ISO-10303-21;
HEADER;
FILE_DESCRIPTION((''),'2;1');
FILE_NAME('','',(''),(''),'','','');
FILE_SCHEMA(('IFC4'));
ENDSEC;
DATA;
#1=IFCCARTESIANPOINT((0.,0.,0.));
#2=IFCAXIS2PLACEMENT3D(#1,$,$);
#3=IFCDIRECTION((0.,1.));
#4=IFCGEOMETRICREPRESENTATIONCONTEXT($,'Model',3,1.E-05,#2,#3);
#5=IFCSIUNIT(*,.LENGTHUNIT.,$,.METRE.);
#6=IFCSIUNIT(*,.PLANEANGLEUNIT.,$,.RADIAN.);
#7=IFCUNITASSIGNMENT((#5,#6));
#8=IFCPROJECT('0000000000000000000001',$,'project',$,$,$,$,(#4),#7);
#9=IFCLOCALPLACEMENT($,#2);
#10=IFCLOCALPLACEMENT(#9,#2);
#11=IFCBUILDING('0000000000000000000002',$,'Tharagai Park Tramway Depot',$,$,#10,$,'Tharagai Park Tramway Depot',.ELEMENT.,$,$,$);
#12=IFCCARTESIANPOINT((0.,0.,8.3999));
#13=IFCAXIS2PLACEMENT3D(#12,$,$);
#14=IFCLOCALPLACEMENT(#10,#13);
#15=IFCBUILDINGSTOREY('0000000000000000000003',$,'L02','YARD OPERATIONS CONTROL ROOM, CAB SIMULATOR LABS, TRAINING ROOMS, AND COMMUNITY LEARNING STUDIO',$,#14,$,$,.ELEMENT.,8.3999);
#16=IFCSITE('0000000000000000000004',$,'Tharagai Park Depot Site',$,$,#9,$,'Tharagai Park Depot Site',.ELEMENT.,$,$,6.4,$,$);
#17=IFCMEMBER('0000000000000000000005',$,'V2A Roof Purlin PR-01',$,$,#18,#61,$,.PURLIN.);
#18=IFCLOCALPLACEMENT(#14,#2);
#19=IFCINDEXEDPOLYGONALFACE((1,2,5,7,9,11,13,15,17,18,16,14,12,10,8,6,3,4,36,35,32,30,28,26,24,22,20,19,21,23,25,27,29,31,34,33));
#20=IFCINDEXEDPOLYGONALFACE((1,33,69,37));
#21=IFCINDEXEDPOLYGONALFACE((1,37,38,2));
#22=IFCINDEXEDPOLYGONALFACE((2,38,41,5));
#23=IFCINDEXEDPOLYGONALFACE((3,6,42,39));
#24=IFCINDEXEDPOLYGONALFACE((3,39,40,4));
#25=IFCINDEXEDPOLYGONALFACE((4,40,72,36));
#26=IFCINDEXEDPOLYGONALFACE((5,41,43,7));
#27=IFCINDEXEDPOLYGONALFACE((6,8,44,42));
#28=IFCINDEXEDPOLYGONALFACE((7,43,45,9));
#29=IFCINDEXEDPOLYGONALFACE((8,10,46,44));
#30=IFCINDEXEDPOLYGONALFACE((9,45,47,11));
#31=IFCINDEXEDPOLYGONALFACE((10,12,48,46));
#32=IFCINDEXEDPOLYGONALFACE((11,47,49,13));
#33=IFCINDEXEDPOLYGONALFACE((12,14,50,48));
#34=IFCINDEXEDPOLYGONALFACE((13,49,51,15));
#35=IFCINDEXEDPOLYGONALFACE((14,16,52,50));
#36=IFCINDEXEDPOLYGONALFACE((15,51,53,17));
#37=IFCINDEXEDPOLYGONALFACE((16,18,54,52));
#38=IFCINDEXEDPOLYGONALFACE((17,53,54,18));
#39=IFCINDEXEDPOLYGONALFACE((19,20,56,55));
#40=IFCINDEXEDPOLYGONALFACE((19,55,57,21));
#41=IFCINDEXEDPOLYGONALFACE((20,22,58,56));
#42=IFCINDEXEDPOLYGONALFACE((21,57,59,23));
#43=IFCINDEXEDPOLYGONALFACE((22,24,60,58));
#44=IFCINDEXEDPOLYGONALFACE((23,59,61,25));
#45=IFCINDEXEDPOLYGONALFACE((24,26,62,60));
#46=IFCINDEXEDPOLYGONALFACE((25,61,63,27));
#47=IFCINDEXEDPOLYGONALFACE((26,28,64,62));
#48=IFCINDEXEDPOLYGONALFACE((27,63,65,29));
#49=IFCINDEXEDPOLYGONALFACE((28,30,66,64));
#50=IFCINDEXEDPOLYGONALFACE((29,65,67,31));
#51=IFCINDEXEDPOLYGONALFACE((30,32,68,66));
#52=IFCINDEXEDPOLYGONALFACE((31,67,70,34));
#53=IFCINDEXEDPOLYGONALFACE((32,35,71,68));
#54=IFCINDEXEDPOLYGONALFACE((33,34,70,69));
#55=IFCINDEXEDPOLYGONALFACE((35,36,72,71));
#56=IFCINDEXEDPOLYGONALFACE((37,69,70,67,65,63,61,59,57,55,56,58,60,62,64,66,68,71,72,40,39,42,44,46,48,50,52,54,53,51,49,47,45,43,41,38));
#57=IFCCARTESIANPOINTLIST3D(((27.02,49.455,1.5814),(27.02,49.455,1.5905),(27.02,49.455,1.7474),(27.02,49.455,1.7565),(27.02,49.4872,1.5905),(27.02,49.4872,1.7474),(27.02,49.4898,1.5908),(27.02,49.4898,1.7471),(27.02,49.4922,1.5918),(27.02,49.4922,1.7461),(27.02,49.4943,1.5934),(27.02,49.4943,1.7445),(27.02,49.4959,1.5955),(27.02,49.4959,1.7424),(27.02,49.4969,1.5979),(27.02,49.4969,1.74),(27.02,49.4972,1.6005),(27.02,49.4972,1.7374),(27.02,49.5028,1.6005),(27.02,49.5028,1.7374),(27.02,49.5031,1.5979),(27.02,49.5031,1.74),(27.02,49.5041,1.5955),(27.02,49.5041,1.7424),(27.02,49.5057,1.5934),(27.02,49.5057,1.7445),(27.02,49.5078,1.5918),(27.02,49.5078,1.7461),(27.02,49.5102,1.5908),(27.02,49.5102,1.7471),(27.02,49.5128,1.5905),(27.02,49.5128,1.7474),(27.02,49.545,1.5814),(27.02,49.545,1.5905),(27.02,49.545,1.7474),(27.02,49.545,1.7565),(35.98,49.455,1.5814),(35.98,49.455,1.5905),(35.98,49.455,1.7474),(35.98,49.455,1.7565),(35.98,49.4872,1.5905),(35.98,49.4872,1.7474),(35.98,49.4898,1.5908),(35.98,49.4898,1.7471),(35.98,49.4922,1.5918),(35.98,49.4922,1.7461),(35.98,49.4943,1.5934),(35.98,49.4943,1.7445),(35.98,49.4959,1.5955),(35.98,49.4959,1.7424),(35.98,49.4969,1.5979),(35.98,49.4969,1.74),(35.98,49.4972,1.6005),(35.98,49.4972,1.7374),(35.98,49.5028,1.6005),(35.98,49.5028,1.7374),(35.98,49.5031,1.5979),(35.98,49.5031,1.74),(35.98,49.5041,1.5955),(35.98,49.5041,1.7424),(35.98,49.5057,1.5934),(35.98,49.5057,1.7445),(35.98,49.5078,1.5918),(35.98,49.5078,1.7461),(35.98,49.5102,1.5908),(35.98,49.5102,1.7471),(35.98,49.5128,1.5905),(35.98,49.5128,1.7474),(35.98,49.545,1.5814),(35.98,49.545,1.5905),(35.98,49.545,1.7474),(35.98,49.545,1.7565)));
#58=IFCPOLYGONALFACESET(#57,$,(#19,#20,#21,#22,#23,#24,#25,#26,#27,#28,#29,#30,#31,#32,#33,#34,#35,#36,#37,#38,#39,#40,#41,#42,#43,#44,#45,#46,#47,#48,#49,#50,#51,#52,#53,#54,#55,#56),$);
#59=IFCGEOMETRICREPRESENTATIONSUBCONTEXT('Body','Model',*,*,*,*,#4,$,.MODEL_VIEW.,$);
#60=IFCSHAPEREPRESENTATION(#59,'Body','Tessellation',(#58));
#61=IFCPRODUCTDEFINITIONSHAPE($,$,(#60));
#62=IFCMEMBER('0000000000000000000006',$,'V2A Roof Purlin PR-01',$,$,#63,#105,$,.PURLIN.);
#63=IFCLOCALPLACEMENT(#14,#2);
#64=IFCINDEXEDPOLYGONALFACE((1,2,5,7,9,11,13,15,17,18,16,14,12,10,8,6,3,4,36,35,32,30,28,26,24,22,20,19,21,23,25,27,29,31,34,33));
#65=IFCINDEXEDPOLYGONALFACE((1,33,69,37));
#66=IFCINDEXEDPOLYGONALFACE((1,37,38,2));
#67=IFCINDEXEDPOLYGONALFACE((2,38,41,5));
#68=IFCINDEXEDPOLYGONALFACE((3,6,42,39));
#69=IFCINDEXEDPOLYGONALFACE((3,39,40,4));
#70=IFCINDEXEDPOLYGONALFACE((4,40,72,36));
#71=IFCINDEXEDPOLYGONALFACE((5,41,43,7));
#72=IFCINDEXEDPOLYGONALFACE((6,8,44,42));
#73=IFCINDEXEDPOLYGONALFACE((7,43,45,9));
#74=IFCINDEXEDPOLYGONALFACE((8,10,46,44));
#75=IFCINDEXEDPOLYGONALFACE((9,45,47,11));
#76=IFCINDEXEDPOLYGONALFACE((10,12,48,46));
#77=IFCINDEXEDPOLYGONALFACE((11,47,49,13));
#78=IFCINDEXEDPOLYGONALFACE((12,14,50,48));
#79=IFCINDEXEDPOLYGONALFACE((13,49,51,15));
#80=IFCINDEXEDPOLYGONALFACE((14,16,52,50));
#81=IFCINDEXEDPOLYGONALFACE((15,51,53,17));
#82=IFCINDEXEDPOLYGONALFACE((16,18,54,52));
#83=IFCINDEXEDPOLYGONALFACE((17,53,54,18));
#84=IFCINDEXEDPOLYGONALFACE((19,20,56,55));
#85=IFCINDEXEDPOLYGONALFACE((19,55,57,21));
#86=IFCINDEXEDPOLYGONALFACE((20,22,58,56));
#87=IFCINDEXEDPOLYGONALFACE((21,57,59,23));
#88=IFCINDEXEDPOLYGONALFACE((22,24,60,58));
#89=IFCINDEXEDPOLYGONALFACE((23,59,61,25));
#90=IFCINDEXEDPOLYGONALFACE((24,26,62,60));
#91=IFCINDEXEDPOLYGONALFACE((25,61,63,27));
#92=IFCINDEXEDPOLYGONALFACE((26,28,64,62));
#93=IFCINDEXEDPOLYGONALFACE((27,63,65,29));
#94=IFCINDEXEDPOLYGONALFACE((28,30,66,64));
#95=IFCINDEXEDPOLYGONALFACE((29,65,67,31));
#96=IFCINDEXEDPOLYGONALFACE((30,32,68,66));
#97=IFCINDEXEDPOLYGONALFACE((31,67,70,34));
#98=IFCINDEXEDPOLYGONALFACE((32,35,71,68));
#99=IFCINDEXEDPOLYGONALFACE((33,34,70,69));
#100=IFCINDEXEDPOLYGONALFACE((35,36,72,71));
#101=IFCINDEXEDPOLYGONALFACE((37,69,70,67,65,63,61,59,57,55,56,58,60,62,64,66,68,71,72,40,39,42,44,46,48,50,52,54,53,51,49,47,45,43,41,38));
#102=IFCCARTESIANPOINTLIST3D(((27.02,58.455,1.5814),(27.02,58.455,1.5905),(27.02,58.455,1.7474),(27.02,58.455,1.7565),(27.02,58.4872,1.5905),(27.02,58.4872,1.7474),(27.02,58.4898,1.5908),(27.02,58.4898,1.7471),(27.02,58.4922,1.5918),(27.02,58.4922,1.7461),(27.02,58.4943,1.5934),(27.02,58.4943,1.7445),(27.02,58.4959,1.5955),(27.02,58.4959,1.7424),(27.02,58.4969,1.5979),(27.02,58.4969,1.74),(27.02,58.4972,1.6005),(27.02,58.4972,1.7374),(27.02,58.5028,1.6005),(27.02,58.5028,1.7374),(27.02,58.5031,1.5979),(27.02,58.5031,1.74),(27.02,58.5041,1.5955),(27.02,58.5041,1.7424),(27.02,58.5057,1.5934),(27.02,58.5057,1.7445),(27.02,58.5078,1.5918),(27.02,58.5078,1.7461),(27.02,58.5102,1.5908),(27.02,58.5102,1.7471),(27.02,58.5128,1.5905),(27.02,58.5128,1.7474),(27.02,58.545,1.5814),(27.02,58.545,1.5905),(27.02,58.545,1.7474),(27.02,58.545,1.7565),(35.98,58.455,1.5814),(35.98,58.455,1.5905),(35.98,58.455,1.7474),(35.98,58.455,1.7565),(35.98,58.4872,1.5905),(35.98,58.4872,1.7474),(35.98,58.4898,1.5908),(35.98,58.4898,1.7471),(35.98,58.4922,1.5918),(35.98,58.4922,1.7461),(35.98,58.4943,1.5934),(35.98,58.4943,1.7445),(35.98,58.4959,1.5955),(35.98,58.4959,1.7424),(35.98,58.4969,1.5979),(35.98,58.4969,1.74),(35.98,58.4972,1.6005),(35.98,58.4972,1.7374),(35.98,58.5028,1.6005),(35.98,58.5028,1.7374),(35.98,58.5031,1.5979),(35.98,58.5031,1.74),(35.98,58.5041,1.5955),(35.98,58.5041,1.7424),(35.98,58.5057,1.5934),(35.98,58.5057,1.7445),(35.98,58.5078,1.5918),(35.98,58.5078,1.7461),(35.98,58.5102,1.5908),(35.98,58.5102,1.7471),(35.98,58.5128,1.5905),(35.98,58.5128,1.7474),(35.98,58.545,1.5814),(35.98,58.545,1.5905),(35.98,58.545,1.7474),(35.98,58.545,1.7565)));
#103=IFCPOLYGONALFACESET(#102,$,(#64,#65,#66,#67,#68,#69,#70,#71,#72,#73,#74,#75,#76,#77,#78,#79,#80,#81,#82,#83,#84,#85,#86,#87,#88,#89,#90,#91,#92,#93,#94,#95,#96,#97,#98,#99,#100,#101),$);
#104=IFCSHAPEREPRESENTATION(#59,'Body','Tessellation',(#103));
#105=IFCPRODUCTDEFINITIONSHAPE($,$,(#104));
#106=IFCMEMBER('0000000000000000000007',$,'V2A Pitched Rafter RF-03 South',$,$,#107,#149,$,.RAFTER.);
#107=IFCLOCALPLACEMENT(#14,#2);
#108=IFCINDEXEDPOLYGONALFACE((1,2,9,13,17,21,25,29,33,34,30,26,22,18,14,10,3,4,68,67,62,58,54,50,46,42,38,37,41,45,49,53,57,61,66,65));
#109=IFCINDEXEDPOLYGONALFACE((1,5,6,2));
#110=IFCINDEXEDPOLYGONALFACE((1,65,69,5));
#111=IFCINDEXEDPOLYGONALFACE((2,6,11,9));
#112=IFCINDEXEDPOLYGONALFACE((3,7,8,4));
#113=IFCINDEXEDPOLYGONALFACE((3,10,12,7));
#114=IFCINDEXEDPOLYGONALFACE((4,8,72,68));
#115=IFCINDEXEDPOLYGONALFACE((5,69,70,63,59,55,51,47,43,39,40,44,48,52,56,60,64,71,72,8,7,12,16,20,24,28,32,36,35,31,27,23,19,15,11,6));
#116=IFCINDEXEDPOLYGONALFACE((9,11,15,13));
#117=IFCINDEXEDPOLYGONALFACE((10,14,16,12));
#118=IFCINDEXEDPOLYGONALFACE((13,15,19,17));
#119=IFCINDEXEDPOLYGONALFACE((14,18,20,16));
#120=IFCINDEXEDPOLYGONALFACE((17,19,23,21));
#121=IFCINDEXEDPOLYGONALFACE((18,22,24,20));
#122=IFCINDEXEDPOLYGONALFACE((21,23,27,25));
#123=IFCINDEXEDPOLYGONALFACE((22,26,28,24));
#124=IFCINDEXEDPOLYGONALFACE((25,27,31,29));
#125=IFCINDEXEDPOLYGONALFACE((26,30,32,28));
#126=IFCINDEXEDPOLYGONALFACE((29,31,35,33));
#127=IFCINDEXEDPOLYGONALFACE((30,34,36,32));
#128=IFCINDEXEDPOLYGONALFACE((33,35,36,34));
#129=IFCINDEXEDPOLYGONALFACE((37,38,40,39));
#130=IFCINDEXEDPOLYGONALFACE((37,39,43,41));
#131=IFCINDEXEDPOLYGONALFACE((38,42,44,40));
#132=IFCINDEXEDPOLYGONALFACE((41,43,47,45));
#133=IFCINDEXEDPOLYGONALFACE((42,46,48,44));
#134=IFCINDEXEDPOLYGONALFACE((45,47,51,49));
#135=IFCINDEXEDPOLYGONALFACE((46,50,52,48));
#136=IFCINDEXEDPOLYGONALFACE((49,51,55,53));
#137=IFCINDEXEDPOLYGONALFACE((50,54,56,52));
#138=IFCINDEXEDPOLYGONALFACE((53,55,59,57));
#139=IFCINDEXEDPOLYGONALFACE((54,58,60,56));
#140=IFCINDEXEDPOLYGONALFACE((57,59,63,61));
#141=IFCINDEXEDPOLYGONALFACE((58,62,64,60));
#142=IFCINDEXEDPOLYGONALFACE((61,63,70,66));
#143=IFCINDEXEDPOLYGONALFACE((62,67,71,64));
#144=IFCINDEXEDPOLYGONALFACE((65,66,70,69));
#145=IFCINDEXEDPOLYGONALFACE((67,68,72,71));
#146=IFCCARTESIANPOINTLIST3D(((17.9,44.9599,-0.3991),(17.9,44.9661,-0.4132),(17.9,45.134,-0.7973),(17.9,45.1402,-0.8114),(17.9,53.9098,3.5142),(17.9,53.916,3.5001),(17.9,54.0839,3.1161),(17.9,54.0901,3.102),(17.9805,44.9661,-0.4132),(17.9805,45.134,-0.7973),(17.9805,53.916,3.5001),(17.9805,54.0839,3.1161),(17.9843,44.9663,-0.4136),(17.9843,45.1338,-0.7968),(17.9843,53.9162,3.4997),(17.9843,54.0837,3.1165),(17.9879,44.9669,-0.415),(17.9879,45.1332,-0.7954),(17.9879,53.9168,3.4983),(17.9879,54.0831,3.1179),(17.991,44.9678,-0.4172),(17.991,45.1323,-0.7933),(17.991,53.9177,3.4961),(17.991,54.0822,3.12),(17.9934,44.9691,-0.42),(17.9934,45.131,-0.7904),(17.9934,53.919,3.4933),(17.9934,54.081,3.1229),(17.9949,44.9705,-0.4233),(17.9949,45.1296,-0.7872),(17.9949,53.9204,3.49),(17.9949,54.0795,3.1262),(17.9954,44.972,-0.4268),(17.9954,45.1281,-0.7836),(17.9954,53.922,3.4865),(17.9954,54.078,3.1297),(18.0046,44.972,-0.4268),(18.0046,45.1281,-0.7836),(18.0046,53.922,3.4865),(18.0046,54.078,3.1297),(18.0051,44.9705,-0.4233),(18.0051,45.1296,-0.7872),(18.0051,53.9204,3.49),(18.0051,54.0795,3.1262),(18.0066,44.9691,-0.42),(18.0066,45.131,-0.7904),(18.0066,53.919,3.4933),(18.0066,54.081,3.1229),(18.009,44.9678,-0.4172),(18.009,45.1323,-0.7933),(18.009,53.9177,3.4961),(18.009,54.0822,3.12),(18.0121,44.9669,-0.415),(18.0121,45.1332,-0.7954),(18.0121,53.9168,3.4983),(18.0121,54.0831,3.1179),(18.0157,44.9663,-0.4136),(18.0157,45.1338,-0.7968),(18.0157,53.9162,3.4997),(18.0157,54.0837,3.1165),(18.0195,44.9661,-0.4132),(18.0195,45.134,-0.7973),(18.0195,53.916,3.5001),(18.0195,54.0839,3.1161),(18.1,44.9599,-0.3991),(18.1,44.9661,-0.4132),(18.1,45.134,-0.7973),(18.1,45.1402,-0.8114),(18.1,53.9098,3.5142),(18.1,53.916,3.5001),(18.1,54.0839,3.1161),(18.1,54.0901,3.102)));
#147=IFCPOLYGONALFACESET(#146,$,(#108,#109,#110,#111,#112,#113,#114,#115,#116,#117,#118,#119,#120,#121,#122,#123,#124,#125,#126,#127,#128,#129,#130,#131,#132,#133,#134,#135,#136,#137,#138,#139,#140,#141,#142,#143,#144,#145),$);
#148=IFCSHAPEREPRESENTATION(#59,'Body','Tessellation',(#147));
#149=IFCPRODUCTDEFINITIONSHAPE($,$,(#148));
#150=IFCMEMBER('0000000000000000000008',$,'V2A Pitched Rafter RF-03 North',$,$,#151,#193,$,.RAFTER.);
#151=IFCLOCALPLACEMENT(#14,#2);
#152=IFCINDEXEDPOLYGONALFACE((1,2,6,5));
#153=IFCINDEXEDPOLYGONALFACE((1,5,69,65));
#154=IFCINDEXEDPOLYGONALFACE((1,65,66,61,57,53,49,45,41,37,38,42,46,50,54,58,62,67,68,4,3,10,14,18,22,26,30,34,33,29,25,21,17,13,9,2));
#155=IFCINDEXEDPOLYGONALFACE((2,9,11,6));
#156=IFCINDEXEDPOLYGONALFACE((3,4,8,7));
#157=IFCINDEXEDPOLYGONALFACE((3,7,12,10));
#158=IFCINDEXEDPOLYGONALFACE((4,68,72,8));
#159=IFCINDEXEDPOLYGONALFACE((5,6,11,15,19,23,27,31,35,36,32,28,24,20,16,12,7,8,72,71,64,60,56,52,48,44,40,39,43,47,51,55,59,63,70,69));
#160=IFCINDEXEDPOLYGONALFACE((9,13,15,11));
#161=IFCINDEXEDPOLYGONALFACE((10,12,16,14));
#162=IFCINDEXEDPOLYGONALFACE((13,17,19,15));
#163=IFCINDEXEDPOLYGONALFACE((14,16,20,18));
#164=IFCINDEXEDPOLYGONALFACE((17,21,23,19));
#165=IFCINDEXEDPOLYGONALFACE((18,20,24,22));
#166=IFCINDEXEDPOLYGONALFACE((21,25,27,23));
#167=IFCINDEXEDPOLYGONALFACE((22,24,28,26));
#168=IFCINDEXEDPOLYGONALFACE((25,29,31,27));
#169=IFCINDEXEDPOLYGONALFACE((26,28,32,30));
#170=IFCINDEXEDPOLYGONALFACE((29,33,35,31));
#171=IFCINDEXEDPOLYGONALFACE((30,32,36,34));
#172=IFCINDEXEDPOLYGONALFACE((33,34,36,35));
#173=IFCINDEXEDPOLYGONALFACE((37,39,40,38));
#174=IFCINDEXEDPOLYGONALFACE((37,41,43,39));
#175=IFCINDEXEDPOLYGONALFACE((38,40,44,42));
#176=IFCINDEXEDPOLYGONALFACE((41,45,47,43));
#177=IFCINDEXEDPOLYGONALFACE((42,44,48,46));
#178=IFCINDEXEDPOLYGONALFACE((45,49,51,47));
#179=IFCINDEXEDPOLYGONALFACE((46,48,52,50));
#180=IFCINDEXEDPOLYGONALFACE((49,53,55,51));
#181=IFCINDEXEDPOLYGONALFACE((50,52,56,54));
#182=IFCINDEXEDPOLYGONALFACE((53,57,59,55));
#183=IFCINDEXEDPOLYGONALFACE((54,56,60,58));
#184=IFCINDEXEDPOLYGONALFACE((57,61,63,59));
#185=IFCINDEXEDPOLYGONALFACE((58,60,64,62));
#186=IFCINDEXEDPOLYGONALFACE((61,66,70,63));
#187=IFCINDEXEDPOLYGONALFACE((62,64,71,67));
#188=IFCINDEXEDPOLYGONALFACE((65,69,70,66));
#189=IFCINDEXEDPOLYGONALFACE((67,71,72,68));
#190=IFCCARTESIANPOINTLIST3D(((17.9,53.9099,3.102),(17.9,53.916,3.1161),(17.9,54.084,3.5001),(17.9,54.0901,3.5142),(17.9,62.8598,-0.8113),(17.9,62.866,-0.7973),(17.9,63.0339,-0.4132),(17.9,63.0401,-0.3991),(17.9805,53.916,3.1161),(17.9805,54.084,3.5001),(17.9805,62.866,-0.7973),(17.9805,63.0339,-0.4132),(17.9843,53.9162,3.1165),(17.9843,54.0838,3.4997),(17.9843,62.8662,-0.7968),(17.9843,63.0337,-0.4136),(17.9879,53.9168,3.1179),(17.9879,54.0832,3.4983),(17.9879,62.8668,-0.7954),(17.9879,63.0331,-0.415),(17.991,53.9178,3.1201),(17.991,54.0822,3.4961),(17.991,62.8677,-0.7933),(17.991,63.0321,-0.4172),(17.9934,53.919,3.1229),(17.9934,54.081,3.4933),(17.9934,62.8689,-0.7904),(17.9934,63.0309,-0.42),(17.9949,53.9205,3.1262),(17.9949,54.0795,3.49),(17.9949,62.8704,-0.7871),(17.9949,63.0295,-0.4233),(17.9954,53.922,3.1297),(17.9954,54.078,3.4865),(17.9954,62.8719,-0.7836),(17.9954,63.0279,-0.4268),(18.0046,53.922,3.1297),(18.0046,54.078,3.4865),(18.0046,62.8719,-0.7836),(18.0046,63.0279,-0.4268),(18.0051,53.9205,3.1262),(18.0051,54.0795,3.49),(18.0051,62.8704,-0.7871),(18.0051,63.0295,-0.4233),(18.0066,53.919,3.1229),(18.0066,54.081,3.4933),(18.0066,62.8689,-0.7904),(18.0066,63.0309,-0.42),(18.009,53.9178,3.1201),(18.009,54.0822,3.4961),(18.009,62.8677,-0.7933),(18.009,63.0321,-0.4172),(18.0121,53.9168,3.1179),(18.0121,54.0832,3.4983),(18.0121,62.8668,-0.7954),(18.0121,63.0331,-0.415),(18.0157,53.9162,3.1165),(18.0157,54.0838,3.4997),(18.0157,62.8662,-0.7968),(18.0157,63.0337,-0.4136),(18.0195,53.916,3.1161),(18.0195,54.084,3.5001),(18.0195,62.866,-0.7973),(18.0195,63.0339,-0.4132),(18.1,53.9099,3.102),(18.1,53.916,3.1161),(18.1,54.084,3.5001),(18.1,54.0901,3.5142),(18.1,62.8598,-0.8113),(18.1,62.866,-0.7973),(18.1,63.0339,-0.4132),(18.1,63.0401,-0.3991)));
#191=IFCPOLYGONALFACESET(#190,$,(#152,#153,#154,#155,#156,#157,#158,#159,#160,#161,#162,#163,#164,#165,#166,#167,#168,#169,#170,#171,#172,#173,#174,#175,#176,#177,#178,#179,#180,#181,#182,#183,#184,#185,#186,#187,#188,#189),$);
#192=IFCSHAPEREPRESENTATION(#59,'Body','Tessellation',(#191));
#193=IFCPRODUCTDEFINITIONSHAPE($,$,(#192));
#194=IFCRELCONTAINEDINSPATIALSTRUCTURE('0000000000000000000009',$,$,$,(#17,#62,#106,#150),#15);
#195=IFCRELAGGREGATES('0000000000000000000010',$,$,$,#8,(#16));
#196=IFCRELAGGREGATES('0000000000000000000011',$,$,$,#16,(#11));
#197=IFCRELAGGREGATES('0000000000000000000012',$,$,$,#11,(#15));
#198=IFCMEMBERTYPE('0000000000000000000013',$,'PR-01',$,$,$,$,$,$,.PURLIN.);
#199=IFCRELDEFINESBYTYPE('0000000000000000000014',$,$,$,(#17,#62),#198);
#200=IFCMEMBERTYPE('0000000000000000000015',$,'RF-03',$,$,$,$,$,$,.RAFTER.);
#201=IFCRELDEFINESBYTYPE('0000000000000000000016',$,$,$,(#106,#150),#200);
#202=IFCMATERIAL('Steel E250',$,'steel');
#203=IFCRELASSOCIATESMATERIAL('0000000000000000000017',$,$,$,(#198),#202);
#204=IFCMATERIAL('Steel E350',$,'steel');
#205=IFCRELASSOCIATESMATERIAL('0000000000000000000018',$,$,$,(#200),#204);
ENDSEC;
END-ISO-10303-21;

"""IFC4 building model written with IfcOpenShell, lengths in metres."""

from ifc_helpers import new_model, si_unit, direction, frame, origin, origin_2d, place, context, subcontext, project, spatial, i_section, extrude, material, material_profile, profile_set, type_object, element, save


model = new_model("IFC4")

# Units and contexts
model_context = context("Model", 3, precision=1e-05, world=origin(), true_north=direction((0.0, 1.0)))
body_context = subcontext(model_context, "Body", "Model", "MODEL_VIEW")
ifc_project = project(units=[si_unit("LENGTHUNIT", "METRE"), si_unit("PLANEANGLEUNIT", "RADIAN")], contexts=[model_context])

# Site, building, storey
site_placement = place(None, origin())
site = spatial("IfcSite", under=ifc_project, at=site_placement, Name="Tharagai Park Depot Site", LongName="Tharagai Park Depot Site", CompositionType="ELEMENT", RefElevation=6.4)
building_placement = place(site_placement, origin())
building = spatial("IfcBuilding", under=site, at=building_placement, Name="Tharagai Park Tramway Depot", LongName="Tharagai Park Tramway Depot", CompositionType="ELEMENT")
storey_placement = place(building_placement, frame((0.0, 0.0, 8.3999)))
storey = spatial("IfcBuildingStorey", under=building, at=storey_placement, Name="L02", Description="YARD OPERATIONS CONTROL ROOM, CAB SIMULATOR LABS, TRAINING ROOMS, AND COMMUNITY LEARNING STUDIO", CompositionType="ELEMENT", Elevation=8.3999)

# Shared definitions
ifc_material_1 = material(Name="Steel E350", Category="steel")

# Members
ifc_material_2 = material(Name="Steel E250", Category="steel")
ifc_material_profile_1 = material_profile(ifc_material_2, i_section(OverallWidth=0.0901, OverallDepth=0.175, WebThickness=0.0056, FlangeThickness=0.009, FilletRadius=0.01, at=origin_2d()), Name="ISMB 175")
ifc_profile_set_1 = profile_set([ifc_material_profile_1], Name="Steel E250")
member_type_1 = type_object("IfcMemberType", Name="PR-01", PredefinedType="PURLIN", material=ifc_profile_set_1)
for number, where, z_axis, x_axis, name in (
    (1, (27.02, 49.5, 1.6689), (1.0, 0.0, 0.0), (0.0, 1.0, 0.0), "V2A Roof Purlin PR-01"),
    (2, (27.02, 58.5, 1.6689), (1.0, 0.0, 0.0), (0.0, 1.0, 0.0), "V2A Roof Purlin PR-01"),
):
    element("IfcMember", number, at=place(storey_placement, frame(where, z_axis=z_axis, x_axis=x_axis)), inside=storey, type_object=member_type_1, Name=name, PredefinedType="PURLIN", context=body_context, shape_type="SweptSolid", body=[
        extrude(i_section(OverallWidth=0.0901, OverallDepth=0.175, WebThickness=0.0056, FlangeThickness=0.009, FilletRadius=0.01, at=origin_2d()), origin(), (0.0, 0.0, 1.0), 8.96),
    ])
ifc_material_profile_2 = material_profile(ifc_material_1, i_section(OverallWidth=0.2, OverallDepth=0.45, WebThickness=0.0093, FlangeThickness=0.0154, FilletRadius=0.0149, at=origin_2d()), Name="ISWB 450")
ifc_profile_set_2 = profile_set([ifc_material_profile_2], Name="Steel E350")
member_type_2 = type_object("IfcMemberType", Name="RF-03", PredefinedType="RAFTER", material=ifc_profile_set_2)
for number, where, z_axis, x_axis, name in (
    (3, (18.0, 45.05, -0.6052), (0.0, 0.916243, 0.400623), (-1.0, 0.0, 0.0), "V2A Pitched Rafter RF-03 South"),
    (4, (18.0, 54.0, 3.3081), (0.0, 0.916243, -0.400623), (-1.0, 0.0, 0.0), "V2A Pitched Rafter RF-03 North"),
):
    element("IfcMember", number, at=place(storey_placement, frame(where, z_axis=z_axis, x_axis=x_axis)), inside=storey, type_object=member_type_2, Name=name, PredefinedType="RAFTER", context=body_context, shape_type="SweptSolid", body=[
        extrude(i_section(OverallWidth=0.2, OverallDepth=0.45, WebThickness=0.0093, FlangeThickness=0.0154, FilletRadius=0.0149, at=origin_2d()), origin(), (0.0, 0.0, 1.0), 9.7681),
    ])

save(model, "model.ifc")
